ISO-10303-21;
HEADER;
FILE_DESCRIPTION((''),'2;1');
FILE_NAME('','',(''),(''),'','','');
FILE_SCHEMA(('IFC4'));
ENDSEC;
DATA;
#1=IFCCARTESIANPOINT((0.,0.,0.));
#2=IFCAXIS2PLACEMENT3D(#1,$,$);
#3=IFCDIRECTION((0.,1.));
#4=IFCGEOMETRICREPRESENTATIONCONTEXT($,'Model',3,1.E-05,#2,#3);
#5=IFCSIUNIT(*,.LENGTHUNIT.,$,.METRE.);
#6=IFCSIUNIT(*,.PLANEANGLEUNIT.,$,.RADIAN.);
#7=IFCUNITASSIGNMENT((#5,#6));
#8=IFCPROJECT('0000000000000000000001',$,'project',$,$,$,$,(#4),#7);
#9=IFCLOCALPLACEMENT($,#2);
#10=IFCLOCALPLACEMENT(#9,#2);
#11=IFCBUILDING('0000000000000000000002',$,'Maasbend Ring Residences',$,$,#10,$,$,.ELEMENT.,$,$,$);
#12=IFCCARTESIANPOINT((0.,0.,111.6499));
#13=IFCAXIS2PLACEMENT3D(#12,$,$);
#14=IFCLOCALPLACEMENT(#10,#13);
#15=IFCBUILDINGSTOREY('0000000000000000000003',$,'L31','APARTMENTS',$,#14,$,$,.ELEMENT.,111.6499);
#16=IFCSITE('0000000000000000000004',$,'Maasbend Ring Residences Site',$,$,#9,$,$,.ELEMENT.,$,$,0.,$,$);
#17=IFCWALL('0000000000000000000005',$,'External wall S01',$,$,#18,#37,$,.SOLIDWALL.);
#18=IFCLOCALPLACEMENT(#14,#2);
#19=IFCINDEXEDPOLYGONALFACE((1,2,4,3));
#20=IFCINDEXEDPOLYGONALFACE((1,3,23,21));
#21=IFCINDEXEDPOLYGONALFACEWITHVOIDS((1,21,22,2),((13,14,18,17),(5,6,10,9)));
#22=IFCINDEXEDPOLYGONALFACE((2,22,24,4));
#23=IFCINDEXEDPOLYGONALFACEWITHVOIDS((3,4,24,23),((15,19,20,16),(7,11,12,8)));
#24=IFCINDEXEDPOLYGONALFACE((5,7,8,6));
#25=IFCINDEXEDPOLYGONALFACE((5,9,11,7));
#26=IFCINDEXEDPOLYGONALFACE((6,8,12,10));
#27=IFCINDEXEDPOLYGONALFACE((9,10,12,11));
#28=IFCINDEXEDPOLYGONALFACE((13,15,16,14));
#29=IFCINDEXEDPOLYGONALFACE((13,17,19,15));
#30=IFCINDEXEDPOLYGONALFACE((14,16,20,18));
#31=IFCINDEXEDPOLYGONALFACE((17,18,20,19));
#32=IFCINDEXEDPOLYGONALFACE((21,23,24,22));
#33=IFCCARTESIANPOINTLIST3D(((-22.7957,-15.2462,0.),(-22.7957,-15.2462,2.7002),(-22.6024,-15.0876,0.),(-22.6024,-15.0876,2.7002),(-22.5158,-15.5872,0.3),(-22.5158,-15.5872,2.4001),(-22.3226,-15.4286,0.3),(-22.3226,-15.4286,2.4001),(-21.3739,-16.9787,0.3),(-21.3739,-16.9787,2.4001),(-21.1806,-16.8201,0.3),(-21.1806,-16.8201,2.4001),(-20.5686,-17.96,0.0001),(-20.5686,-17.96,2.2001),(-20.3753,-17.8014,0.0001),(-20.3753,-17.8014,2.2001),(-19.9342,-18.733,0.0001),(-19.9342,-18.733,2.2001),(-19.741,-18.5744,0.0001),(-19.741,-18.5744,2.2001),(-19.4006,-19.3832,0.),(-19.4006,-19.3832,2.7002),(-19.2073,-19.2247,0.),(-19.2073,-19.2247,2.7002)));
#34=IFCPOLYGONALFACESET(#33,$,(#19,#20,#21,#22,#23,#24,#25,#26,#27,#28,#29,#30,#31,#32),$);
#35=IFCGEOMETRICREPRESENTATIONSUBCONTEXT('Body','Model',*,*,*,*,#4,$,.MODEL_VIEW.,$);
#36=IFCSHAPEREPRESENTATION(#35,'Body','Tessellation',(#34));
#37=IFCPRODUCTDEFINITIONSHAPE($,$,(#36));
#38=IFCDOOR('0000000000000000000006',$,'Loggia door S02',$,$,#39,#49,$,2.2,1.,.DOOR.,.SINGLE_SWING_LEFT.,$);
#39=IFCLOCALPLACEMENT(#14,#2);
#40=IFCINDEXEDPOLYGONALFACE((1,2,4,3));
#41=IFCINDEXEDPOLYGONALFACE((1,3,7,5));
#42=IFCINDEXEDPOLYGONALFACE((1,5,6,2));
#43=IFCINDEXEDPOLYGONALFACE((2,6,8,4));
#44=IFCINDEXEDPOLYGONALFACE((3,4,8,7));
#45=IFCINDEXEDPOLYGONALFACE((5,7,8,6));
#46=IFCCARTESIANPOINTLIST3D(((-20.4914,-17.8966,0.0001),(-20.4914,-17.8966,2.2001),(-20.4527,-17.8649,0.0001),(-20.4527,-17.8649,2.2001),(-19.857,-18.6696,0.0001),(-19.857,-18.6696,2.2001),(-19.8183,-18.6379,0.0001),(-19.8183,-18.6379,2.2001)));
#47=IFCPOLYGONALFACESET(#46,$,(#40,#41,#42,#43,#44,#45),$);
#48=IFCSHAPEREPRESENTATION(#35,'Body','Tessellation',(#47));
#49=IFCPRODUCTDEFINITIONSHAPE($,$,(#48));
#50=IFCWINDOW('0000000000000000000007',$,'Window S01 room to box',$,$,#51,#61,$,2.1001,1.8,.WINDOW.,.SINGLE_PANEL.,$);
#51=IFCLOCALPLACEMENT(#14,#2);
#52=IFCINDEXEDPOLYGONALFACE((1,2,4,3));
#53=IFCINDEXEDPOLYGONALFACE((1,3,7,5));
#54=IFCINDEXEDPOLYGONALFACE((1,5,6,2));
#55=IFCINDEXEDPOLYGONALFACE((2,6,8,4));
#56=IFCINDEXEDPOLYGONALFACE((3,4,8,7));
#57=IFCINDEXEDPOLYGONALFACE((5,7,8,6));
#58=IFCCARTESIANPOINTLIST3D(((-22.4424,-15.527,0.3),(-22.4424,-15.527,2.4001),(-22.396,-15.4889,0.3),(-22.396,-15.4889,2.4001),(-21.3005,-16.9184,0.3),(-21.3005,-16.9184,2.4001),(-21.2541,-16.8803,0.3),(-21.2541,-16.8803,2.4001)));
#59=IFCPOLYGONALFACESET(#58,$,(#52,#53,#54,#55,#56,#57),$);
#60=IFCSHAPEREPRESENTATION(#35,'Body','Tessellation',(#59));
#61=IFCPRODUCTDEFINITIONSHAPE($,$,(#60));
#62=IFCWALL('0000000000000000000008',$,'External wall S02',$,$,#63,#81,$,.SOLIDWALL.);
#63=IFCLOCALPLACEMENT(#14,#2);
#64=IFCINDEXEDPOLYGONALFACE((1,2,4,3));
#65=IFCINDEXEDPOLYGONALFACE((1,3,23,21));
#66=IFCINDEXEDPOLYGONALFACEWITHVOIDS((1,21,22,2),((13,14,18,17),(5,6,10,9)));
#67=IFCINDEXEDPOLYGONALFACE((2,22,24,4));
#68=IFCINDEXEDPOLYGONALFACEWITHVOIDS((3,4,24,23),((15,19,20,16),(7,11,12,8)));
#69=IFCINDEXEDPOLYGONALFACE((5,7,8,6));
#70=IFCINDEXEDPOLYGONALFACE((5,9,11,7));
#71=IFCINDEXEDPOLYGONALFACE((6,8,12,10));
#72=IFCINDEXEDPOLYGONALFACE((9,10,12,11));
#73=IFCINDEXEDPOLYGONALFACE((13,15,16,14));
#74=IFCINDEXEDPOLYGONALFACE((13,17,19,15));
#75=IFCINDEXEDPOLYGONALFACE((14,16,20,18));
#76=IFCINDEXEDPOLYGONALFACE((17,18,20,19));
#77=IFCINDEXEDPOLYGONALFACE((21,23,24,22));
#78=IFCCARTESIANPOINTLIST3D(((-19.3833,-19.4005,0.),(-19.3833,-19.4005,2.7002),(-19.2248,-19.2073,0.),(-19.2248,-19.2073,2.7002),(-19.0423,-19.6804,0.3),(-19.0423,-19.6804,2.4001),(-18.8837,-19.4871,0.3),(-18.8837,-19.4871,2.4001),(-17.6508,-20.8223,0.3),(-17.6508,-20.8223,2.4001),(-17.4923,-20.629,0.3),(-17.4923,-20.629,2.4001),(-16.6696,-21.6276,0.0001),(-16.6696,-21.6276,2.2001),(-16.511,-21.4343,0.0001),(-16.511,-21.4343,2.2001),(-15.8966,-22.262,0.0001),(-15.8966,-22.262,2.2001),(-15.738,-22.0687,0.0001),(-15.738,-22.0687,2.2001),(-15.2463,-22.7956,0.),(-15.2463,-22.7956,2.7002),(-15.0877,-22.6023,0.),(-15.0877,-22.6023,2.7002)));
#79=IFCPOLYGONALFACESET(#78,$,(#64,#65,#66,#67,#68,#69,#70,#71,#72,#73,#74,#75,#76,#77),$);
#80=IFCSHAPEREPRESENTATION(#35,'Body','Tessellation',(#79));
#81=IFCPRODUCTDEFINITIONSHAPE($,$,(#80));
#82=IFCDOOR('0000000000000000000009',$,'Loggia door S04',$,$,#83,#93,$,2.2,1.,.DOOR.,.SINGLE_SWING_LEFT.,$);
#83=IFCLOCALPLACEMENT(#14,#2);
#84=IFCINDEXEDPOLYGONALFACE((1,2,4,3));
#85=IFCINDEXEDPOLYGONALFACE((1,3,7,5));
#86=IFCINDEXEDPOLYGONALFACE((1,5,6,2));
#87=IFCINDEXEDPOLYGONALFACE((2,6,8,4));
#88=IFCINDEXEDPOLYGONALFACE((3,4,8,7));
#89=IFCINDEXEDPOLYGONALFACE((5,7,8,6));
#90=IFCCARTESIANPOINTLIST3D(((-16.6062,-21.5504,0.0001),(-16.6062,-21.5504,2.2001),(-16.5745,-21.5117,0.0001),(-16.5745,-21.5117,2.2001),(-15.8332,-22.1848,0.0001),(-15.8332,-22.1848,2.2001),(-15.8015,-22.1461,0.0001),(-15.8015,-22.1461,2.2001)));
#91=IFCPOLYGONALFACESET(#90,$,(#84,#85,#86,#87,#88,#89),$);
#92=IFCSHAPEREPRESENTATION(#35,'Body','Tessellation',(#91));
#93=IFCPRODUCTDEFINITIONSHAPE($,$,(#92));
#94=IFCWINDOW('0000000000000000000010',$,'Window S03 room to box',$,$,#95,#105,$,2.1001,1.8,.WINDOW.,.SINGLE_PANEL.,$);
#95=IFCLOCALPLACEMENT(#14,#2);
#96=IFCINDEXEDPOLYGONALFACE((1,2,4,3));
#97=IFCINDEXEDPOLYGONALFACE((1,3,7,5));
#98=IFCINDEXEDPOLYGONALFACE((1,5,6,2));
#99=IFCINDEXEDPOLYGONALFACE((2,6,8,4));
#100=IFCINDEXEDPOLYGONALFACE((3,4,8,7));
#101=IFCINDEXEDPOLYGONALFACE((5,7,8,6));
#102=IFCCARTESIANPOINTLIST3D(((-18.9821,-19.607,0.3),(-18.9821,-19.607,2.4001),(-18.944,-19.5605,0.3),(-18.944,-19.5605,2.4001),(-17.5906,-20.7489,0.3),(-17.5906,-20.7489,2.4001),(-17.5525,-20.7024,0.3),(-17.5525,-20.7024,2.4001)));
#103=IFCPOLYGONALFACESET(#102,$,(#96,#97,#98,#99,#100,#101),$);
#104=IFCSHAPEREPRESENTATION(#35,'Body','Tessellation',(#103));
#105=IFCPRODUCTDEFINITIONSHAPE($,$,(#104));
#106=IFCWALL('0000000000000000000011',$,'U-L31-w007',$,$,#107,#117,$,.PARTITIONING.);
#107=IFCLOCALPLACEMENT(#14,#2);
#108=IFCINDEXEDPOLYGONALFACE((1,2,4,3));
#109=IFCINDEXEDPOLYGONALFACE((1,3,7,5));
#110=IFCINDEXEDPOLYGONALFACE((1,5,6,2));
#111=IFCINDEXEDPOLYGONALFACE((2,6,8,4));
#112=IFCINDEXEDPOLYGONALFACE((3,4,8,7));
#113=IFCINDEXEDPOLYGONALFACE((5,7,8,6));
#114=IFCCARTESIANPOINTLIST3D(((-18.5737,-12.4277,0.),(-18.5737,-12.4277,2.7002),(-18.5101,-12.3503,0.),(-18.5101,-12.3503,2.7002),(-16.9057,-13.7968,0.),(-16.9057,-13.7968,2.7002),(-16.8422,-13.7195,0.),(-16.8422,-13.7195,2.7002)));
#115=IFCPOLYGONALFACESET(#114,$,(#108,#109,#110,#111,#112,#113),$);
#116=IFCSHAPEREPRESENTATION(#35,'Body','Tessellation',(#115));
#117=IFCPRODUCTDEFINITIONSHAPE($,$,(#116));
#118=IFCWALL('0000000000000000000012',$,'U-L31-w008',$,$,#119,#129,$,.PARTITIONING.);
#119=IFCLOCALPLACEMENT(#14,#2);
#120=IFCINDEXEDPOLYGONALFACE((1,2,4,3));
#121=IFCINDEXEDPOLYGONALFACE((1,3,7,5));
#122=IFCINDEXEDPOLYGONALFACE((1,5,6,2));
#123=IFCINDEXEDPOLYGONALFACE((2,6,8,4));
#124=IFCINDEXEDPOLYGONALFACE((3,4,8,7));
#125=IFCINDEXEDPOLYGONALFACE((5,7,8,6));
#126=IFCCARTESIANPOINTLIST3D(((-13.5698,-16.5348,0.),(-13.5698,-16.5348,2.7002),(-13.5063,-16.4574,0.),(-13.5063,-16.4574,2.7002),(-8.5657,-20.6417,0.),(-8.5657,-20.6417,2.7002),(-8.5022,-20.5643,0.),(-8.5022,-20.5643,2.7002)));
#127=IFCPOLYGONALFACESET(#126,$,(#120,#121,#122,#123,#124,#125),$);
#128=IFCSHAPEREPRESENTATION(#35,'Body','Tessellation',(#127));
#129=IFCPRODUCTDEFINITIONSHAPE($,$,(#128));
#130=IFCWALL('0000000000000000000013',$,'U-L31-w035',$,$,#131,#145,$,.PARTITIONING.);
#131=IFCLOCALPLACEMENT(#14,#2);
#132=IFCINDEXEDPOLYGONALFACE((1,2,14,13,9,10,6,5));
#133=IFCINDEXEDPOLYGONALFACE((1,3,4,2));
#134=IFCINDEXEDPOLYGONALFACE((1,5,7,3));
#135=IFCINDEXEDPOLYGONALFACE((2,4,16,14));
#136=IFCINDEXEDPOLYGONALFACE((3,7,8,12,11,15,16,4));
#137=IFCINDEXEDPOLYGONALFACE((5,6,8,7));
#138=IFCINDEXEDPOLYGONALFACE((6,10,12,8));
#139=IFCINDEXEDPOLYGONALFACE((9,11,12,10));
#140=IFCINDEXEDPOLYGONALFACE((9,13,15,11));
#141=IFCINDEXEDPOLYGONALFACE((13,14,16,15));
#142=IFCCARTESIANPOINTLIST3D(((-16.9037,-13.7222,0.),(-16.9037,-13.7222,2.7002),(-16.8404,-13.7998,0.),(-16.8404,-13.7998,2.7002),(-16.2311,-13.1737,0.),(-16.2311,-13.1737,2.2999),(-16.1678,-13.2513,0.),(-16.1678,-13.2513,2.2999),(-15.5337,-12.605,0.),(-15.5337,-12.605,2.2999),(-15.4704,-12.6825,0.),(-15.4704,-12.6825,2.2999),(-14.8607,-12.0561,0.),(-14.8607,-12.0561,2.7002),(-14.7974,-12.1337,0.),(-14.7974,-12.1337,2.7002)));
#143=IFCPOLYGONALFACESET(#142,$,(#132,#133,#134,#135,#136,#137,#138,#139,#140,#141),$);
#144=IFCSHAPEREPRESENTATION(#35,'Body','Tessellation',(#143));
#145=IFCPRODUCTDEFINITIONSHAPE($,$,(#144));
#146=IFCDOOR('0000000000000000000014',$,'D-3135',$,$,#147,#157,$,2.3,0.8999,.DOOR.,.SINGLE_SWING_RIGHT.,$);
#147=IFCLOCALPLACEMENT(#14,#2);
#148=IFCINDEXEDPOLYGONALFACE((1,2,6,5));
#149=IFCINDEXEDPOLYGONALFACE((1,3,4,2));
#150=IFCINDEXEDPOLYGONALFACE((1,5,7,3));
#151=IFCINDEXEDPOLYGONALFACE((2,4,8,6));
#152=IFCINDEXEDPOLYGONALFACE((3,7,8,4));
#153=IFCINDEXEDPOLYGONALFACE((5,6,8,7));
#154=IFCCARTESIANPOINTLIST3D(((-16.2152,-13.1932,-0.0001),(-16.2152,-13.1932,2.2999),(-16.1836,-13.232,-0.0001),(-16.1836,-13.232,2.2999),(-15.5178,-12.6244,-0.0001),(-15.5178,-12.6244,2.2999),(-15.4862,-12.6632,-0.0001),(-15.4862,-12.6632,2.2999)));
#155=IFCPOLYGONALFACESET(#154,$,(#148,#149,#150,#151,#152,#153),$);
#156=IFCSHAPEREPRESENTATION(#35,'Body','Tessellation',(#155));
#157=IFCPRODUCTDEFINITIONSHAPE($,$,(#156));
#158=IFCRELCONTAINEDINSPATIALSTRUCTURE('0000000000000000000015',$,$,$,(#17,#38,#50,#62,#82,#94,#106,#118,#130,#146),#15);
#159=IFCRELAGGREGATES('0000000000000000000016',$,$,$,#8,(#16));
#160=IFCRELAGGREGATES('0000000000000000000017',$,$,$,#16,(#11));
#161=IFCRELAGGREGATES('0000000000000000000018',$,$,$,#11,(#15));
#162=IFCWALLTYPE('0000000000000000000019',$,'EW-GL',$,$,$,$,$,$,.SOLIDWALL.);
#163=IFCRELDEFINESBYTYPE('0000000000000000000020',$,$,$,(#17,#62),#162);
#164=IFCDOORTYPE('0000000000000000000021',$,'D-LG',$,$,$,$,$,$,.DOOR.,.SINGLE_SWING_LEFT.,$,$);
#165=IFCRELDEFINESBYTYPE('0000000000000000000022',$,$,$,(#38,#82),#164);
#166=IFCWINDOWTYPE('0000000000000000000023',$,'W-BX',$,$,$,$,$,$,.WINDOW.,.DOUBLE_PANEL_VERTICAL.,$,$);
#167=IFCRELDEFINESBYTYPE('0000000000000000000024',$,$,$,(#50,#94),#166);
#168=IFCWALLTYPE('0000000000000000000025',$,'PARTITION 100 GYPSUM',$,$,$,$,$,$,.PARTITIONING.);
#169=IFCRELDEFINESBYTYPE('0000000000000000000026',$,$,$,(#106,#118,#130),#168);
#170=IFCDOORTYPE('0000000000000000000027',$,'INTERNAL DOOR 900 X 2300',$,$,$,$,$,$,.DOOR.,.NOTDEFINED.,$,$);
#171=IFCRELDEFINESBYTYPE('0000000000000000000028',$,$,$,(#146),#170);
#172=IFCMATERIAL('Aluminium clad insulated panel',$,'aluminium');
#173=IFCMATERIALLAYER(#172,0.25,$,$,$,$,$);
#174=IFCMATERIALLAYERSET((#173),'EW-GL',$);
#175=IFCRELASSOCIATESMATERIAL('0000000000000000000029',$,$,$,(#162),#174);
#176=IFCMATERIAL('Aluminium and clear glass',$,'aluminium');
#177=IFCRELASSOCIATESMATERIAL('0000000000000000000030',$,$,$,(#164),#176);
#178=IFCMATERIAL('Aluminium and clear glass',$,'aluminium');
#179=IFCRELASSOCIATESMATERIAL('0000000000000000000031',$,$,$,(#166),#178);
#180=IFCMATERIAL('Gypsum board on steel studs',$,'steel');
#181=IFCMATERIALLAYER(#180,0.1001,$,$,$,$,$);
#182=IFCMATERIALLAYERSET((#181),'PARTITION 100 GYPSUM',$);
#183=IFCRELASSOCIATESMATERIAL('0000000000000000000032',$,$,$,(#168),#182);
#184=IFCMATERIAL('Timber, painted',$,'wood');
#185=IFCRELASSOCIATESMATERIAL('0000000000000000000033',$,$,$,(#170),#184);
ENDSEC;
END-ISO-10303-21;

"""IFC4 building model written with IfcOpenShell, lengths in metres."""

from ifc_helpers import new_model, si_unit, direction, frame, frame_2d, origin, place, context, subcontext, project, spatial, rectangle, extrude, material, layer, layer_set, type_object, element, fill, save


model = new_model("IFC4")

# Units and contexts
model_context = context("Model", 3, precision=1e-05, world=origin(), true_north=direction((0.0, 1.0)))
body_context = subcontext(model_context, "Body", "Model", "MODEL_VIEW")
ifc_project = project(units=[si_unit("LENGTHUNIT", "METRE"), si_unit("PLANEANGLEUNIT", "RADIAN")], contexts=[model_context])

# Site, building, storey
site_placement = place(None, origin())
site = spatial("IfcSite", under=ifc_project, at=site_placement, Name="Maasbend Ring Residences Site", CompositionType="ELEMENT", RefElevation=0.0)
building_placement = place(site_placement, origin())
building = spatial("IfcBuilding", under=site, at=building_placement, Name="Maasbend Ring Residences", CompositionType="ELEMENT")
storey_placement = place(building_placement, frame((0.0, 0.0, 111.6499)))
storey = spatial("IfcBuildingStorey", under=building, at=storey_placement, Name="L31", Description="APARTMENTS", CompositionType="ELEMENT", Elevation=111.6499)

# Walls, openings, doors, windows
ifc_material_1 = material(Name="Aluminium clad insulated panel", Category="aluminium")
ifc_layer_1 = layer(ifc_material_1, 0.25)
ifc_layer_set_1 = layer_set([ifc_layer_1], Name="EW-GL")
wall_type_1 = type_object("IfcWallType", Name="EW-GL", PredefinedType="SOLIDWALL", material=ifc_layer_set_1)
wall_1_placement = place(storey_placement, frame((-22.699, -15.167, 0.0), z_axis=(0.0, 0.0, 1.0), x_axis=(0.634382, -0.773019, 0.0)))
wall_1 = element("IfcWall", 1, at=wall_1_placement, inside=storey, type_object=wall_type_1, Name="External wall S01", PredefinedType="SOLIDWALL", context=body_context, shape_type="SweptSolid", body=[
    extrude(rectangle(XDim=5.3518, YDim=0.25, at=frame_2d((2.6758, 0.0))), origin(), (0.0, 0.0, 1.0), 2.7002),
])
opening_1_placement = place(wall_1_placement, frame((0.4412, 0.0, 0.3)))
opening_1 = element("IfcOpeningElement", 2, at=opening_1_placement, cuts=wall_1, PredefinedType="OPENING", context=body_context, shape_type="SweptSolid", body=[
    extrude(rectangle(XDim=1.8, YDim=2.1001, at=frame_2d((0.8999, 1.05))), frame((0.0, 0.135, 0.0), z_axis=(0.0, -1.0, 0.0), x_axis=(1.0, 0.0, 0.0)), (0.0, 0.0, 1.0), 0.27),
])
opening_2_placement = place(wall_1_placement, frame((3.5105, 0.0, 0.0)))
opening_2 = element("IfcOpeningElement", 3, at=opening_2_placement, cuts=wall_1, PredefinedType="OPENING", context=body_context, shape_type="SweptSolid", body=[
    extrude(rectangle(XDim=1.0, YDim=2.2, at=frame_2d((0.5, 1.1001))), frame((0.0, 0.135, 0.0), z_axis=(0.0, -1.0, 0.0), x_axis=(1.0, 0.0, 0.0)), (0.0, 0.0, 1.0), 0.27),
])
ifc_material_2 = material(Name="Aluminium and clear glass", Category="aluminium")
door_type_1 = type_object("IfcDoorType", Name="D-LG", OperationType="SINGLE_SWING_LEFT", PredefinedType="DOOR", material=ifc_material_2)
door_1_placement = place(opening_2_placement, origin())
door_1 = element("IfcDoor", 4, at=door_1_placement, inside=storey, type_object=door_type_1, Name="Loggia door S02", OperationType="SINGLE_SWING_LEFT", OverallHeight=2.2, OverallWidth=1.0, PredefinedType="DOOR", context=body_context, shape_type="SweptSolid", body=[
    extrude(rectangle(XDim=1.0, YDim=2.2, at=frame_2d((0.5, 1.1001))), frame((0.0, 0.0249, 0.0), z_axis=(0.0, -1.0, 0.0), x_axis=(1.0, 0.0, 0.0)), (0.0, 0.0, 1.0), 0.05),
])
fill(opening_2, door_1)
ifc_material_3 = material(Name="Aluminium and clear glass", Category="aluminium")
window_type_1 = type_object("IfcWindowType", Name="W-BX", PartitioningType="DOUBLE_PANEL_VERTICAL", PredefinedType="WINDOW", material=ifc_material_3)
window_1_placement = place(opening_1_placement, origin())
window_1 = element("IfcWindow", 5, at=window_1_placement, inside=storey, type_object=window_type_1, Name="Window S01 room to box", OverallHeight=2.1001, OverallWidth=1.8, PartitioningType="SINGLE_PANEL", PredefinedType="WINDOW", context=body_context, shape_type="SweptSolid", body=[
    extrude(rectangle(XDim=1.8, YDim=2.1001, at=frame_2d((0.8999, 1.05))), frame((0.0, 0.03, 0.0), z_axis=(0.0, -1.0, 0.0), x_axis=(1.0, 0.0, 0.0)), (0.0, 0.0, 1.0), 0.0601),
])
fill(opening_1, window_1)
wall_2_placement = place(storey_placement, frame((-19.304, -19.304, 0.0), z_axis=(0.0, 0.0, 1.0), x_axis=(0.773019, -0.634382, 0.0)))
wall_2 = element("IfcWall", 6, at=wall_2_placement, inside=storey, type_object=wall_type_1, Name="External wall S02", PredefinedType="SOLIDWALL", context=body_context, shape_type="SweptSolid", body=[
    extrude(rectangle(XDim=5.3518, YDim=0.25, at=frame_2d((2.6758, 0.0))), origin(), (0.0, 0.0, 1.0), 2.7002),
])
opening_3_placement = place(wall_2_placement, frame((0.4412, 0.0, 0.3)))
opening_3 = element("IfcOpeningElement", 7, at=opening_3_placement, cuts=wall_2, PredefinedType="OPENING", context=body_context, shape_type="SweptSolid", body=[
    extrude(rectangle(XDim=1.8, YDim=2.1001, at=frame_2d((0.8999, 1.05))), frame((0.0, 0.135, 0.0), z_axis=(0.0, -1.0, 0.0), x_axis=(1.0, 0.0, 0.0)), (0.0, 0.0, 1.0), 0.27),
])
opening_4_placement = place(wall_2_placement, frame((3.5105, 0.0, 0.0)))
opening_4 = element("IfcOpeningElement", 8, at=opening_4_placement, cuts=wall_2, PredefinedType="OPENING", context=body_context, shape_type="SweptSolid", body=[
    extrude(rectangle(XDim=1.0, YDim=2.2, at=frame_2d((0.5, 1.1001))), frame((0.0, 0.135, 0.0), z_axis=(0.0, -1.0, 0.0), x_axis=(1.0, 0.0, 0.0)), (0.0, 0.0, 1.0), 0.27),
])
door_2_placement = place(opening_4_placement, origin())
door_2 = element("IfcDoor", 9, at=door_2_placement, inside=storey, type_object=door_type_1, Name="Loggia door S04", OperationType="SINGLE_SWING_LEFT", OverallHeight=2.2, OverallWidth=1.0, PredefinedType="DOOR", context=body_context, shape_type="SweptSolid", body=[
    extrude(rectangle(XDim=1.0, YDim=2.2, at=frame_2d((0.5, 1.1001))), frame((0.0, 0.0249, 0.0), z_axis=(0.0, -1.0, 0.0), x_axis=(1.0, 0.0, 0.0)), (0.0, 0.0, 1.0), 0.05),
])
fill(opening_4, door_2)
window_2_placement = place(opening_3_placement, origin())
window_2 = element("IfcWindow", 10, at=window_2_placement, inside=storey, type_object=window_type_1, Name="Window S03 room to box", OverallHeight=2.1001, OverallWidth=1.8, PartitioningType="SINGLE_PANEL", PredefinedType="WINDOW", context=body_context, shape_type="SweptSolid", body=[
    extrude(rectangle(XDim=1.8, YDim=2.1001, at=frame_2d((0.8999, 1.05))), frame((0.0, 0.03, 0.0), z_axis=(0.0, -1.0, 0.0), x_axis=(1.0, 0.0, 0.0)), (0.0, 0.0, 1.0), 0.0601),
])
fill(opening_3, window_2)

# Walls
ifc_material_4 = material(Name="Gypsum board on steel studs", Category="steel")
ifc_layer_2 = layer(ifc_material_4, 0.1001)
ifc_layer_set_2 = layer_set([ifc_layer_2], Name="PARTITION 100 GYPSUM")
wall_type_2 = type_object("IfcWallType", Name="PARTITION 100 GYPSUM", PredefinedType="PARTITIONING", material=ifc_layer_set_2)
wall_3_placement = place(storey_placement, frame((-18.542, -12.3889, 0.0), z_axis=(0.0, 0.0, 1.0), x_axis=(0.772948, -0.634469, 0.0)))
element("IfcWall", 11, at=wall_3_placement, inside=storey, type_object=wall_type_2, Name="U-L31-w007", PredefinedType="PARTITIONING", context=body_context, shape_type="SweptSolid", body=[
    extrude(rectangle(XDim=2.158, YDim=0.1001, at=frame_2d((1.0791, 0.0))), origin(), (0.0, 0.0, 1.0), 2.7002),
])
wall_4_placement = place(storey_placement, frame((-13.5381, -16.4961, 0.0), z_axis=(0.0, 0.0, 1.0), x_axis=(0.773, -0.634406, 0.0)))
element("IfcWall", 12, at=wall_4_placement, inside=storey, type_object=wall_type_2, Name="U-L31-w008", PredefinedType="PARTITIONING", context=body_context, shape_type="SweptSolid", body=[
    extrude(rectangle(XDim=6.4736, YDim=0.1001, at=frame_2d((3.2368, 0.0))), origin(), (0.0, 0.0, 1.0), 2.7002),
])

# Wall, opening, door
wall_5_placement = place(storey_placement, frame((-16.8721, -13.761, 0.0), z_axis=(0.0, 0.0, 1.0), x_axis=(0.77498, 0.631986, 0.0)))
wall_5 = element("IfcWall", 13, at=wall_5_placement, inside=storey, type_object=wall_type_2, Name="U-L31-w035", PredefinedType="PARTITIONING", context=body_context, shape_type="SweptSolid", body=[
    extrude(rectangle(XDim=2.6362, YDim=0.1001, at=frame_2d((1.3181, 0.0))), origin(), (0.0, 0.0, 1.0), 2.7002),
])
opening_5_placement = place(wall_5_placement, frame((0.8679, 0.0, 0.0)))
opening_5 = element("IfcOpeningElement", 14, at=opening_5_placement, cuts=wall_5, PredefinedType="OPENING", context=body_context, shape_type="SweptSolid", body=[
    extrude(rectangle(XDim=0.8999, YDim=2.3, at=frame_2d((0.45, 1.1499))), frame((0.0, 0.0601, 0.0), z_axis=(0.0, -1.0, 0.0), x_axis=(1.0, 0.0, 0.0)), (0.0, 0.0, 1.0), 0.1201),
])
ifc_material_5 = material(Name="Timber, painted", Category="wood")
door_type_2 = type_object("IfcDoorType", Name="INTERNAL DOOR 900 X 2300", OperationType="NOTDEFINED", PredefinedType="DOOR", material=ifc_material_5)
door_3_placement = place(opening_5_placement, origin())
door_3 = element("IfcDoor", 15, at=door_3_placement, inside=storey, type_object=door_type_2, Name="D-3135", OperationType="SINGLE_SWING_RIGHT", OverallHeight=2.3, OverallWidth=0.8999, PredefinedType="DOOR", context=body_context, shape_type="SweptSolid", body=[
    extrude(rectangle(XDim=0.8999, YDim=2.3, at=frame_2d((0.45, 1.1499))), frame((0.0, 0.0249, 0.0), z_axis=(0.0, -1.0, 0.0), x_axis=(1.0, 0.0, 0.0)), (0.0, 0.0, 1.0), 0.05),
])
fill(opening_5, door_3)

save(model, "model.ifc")
